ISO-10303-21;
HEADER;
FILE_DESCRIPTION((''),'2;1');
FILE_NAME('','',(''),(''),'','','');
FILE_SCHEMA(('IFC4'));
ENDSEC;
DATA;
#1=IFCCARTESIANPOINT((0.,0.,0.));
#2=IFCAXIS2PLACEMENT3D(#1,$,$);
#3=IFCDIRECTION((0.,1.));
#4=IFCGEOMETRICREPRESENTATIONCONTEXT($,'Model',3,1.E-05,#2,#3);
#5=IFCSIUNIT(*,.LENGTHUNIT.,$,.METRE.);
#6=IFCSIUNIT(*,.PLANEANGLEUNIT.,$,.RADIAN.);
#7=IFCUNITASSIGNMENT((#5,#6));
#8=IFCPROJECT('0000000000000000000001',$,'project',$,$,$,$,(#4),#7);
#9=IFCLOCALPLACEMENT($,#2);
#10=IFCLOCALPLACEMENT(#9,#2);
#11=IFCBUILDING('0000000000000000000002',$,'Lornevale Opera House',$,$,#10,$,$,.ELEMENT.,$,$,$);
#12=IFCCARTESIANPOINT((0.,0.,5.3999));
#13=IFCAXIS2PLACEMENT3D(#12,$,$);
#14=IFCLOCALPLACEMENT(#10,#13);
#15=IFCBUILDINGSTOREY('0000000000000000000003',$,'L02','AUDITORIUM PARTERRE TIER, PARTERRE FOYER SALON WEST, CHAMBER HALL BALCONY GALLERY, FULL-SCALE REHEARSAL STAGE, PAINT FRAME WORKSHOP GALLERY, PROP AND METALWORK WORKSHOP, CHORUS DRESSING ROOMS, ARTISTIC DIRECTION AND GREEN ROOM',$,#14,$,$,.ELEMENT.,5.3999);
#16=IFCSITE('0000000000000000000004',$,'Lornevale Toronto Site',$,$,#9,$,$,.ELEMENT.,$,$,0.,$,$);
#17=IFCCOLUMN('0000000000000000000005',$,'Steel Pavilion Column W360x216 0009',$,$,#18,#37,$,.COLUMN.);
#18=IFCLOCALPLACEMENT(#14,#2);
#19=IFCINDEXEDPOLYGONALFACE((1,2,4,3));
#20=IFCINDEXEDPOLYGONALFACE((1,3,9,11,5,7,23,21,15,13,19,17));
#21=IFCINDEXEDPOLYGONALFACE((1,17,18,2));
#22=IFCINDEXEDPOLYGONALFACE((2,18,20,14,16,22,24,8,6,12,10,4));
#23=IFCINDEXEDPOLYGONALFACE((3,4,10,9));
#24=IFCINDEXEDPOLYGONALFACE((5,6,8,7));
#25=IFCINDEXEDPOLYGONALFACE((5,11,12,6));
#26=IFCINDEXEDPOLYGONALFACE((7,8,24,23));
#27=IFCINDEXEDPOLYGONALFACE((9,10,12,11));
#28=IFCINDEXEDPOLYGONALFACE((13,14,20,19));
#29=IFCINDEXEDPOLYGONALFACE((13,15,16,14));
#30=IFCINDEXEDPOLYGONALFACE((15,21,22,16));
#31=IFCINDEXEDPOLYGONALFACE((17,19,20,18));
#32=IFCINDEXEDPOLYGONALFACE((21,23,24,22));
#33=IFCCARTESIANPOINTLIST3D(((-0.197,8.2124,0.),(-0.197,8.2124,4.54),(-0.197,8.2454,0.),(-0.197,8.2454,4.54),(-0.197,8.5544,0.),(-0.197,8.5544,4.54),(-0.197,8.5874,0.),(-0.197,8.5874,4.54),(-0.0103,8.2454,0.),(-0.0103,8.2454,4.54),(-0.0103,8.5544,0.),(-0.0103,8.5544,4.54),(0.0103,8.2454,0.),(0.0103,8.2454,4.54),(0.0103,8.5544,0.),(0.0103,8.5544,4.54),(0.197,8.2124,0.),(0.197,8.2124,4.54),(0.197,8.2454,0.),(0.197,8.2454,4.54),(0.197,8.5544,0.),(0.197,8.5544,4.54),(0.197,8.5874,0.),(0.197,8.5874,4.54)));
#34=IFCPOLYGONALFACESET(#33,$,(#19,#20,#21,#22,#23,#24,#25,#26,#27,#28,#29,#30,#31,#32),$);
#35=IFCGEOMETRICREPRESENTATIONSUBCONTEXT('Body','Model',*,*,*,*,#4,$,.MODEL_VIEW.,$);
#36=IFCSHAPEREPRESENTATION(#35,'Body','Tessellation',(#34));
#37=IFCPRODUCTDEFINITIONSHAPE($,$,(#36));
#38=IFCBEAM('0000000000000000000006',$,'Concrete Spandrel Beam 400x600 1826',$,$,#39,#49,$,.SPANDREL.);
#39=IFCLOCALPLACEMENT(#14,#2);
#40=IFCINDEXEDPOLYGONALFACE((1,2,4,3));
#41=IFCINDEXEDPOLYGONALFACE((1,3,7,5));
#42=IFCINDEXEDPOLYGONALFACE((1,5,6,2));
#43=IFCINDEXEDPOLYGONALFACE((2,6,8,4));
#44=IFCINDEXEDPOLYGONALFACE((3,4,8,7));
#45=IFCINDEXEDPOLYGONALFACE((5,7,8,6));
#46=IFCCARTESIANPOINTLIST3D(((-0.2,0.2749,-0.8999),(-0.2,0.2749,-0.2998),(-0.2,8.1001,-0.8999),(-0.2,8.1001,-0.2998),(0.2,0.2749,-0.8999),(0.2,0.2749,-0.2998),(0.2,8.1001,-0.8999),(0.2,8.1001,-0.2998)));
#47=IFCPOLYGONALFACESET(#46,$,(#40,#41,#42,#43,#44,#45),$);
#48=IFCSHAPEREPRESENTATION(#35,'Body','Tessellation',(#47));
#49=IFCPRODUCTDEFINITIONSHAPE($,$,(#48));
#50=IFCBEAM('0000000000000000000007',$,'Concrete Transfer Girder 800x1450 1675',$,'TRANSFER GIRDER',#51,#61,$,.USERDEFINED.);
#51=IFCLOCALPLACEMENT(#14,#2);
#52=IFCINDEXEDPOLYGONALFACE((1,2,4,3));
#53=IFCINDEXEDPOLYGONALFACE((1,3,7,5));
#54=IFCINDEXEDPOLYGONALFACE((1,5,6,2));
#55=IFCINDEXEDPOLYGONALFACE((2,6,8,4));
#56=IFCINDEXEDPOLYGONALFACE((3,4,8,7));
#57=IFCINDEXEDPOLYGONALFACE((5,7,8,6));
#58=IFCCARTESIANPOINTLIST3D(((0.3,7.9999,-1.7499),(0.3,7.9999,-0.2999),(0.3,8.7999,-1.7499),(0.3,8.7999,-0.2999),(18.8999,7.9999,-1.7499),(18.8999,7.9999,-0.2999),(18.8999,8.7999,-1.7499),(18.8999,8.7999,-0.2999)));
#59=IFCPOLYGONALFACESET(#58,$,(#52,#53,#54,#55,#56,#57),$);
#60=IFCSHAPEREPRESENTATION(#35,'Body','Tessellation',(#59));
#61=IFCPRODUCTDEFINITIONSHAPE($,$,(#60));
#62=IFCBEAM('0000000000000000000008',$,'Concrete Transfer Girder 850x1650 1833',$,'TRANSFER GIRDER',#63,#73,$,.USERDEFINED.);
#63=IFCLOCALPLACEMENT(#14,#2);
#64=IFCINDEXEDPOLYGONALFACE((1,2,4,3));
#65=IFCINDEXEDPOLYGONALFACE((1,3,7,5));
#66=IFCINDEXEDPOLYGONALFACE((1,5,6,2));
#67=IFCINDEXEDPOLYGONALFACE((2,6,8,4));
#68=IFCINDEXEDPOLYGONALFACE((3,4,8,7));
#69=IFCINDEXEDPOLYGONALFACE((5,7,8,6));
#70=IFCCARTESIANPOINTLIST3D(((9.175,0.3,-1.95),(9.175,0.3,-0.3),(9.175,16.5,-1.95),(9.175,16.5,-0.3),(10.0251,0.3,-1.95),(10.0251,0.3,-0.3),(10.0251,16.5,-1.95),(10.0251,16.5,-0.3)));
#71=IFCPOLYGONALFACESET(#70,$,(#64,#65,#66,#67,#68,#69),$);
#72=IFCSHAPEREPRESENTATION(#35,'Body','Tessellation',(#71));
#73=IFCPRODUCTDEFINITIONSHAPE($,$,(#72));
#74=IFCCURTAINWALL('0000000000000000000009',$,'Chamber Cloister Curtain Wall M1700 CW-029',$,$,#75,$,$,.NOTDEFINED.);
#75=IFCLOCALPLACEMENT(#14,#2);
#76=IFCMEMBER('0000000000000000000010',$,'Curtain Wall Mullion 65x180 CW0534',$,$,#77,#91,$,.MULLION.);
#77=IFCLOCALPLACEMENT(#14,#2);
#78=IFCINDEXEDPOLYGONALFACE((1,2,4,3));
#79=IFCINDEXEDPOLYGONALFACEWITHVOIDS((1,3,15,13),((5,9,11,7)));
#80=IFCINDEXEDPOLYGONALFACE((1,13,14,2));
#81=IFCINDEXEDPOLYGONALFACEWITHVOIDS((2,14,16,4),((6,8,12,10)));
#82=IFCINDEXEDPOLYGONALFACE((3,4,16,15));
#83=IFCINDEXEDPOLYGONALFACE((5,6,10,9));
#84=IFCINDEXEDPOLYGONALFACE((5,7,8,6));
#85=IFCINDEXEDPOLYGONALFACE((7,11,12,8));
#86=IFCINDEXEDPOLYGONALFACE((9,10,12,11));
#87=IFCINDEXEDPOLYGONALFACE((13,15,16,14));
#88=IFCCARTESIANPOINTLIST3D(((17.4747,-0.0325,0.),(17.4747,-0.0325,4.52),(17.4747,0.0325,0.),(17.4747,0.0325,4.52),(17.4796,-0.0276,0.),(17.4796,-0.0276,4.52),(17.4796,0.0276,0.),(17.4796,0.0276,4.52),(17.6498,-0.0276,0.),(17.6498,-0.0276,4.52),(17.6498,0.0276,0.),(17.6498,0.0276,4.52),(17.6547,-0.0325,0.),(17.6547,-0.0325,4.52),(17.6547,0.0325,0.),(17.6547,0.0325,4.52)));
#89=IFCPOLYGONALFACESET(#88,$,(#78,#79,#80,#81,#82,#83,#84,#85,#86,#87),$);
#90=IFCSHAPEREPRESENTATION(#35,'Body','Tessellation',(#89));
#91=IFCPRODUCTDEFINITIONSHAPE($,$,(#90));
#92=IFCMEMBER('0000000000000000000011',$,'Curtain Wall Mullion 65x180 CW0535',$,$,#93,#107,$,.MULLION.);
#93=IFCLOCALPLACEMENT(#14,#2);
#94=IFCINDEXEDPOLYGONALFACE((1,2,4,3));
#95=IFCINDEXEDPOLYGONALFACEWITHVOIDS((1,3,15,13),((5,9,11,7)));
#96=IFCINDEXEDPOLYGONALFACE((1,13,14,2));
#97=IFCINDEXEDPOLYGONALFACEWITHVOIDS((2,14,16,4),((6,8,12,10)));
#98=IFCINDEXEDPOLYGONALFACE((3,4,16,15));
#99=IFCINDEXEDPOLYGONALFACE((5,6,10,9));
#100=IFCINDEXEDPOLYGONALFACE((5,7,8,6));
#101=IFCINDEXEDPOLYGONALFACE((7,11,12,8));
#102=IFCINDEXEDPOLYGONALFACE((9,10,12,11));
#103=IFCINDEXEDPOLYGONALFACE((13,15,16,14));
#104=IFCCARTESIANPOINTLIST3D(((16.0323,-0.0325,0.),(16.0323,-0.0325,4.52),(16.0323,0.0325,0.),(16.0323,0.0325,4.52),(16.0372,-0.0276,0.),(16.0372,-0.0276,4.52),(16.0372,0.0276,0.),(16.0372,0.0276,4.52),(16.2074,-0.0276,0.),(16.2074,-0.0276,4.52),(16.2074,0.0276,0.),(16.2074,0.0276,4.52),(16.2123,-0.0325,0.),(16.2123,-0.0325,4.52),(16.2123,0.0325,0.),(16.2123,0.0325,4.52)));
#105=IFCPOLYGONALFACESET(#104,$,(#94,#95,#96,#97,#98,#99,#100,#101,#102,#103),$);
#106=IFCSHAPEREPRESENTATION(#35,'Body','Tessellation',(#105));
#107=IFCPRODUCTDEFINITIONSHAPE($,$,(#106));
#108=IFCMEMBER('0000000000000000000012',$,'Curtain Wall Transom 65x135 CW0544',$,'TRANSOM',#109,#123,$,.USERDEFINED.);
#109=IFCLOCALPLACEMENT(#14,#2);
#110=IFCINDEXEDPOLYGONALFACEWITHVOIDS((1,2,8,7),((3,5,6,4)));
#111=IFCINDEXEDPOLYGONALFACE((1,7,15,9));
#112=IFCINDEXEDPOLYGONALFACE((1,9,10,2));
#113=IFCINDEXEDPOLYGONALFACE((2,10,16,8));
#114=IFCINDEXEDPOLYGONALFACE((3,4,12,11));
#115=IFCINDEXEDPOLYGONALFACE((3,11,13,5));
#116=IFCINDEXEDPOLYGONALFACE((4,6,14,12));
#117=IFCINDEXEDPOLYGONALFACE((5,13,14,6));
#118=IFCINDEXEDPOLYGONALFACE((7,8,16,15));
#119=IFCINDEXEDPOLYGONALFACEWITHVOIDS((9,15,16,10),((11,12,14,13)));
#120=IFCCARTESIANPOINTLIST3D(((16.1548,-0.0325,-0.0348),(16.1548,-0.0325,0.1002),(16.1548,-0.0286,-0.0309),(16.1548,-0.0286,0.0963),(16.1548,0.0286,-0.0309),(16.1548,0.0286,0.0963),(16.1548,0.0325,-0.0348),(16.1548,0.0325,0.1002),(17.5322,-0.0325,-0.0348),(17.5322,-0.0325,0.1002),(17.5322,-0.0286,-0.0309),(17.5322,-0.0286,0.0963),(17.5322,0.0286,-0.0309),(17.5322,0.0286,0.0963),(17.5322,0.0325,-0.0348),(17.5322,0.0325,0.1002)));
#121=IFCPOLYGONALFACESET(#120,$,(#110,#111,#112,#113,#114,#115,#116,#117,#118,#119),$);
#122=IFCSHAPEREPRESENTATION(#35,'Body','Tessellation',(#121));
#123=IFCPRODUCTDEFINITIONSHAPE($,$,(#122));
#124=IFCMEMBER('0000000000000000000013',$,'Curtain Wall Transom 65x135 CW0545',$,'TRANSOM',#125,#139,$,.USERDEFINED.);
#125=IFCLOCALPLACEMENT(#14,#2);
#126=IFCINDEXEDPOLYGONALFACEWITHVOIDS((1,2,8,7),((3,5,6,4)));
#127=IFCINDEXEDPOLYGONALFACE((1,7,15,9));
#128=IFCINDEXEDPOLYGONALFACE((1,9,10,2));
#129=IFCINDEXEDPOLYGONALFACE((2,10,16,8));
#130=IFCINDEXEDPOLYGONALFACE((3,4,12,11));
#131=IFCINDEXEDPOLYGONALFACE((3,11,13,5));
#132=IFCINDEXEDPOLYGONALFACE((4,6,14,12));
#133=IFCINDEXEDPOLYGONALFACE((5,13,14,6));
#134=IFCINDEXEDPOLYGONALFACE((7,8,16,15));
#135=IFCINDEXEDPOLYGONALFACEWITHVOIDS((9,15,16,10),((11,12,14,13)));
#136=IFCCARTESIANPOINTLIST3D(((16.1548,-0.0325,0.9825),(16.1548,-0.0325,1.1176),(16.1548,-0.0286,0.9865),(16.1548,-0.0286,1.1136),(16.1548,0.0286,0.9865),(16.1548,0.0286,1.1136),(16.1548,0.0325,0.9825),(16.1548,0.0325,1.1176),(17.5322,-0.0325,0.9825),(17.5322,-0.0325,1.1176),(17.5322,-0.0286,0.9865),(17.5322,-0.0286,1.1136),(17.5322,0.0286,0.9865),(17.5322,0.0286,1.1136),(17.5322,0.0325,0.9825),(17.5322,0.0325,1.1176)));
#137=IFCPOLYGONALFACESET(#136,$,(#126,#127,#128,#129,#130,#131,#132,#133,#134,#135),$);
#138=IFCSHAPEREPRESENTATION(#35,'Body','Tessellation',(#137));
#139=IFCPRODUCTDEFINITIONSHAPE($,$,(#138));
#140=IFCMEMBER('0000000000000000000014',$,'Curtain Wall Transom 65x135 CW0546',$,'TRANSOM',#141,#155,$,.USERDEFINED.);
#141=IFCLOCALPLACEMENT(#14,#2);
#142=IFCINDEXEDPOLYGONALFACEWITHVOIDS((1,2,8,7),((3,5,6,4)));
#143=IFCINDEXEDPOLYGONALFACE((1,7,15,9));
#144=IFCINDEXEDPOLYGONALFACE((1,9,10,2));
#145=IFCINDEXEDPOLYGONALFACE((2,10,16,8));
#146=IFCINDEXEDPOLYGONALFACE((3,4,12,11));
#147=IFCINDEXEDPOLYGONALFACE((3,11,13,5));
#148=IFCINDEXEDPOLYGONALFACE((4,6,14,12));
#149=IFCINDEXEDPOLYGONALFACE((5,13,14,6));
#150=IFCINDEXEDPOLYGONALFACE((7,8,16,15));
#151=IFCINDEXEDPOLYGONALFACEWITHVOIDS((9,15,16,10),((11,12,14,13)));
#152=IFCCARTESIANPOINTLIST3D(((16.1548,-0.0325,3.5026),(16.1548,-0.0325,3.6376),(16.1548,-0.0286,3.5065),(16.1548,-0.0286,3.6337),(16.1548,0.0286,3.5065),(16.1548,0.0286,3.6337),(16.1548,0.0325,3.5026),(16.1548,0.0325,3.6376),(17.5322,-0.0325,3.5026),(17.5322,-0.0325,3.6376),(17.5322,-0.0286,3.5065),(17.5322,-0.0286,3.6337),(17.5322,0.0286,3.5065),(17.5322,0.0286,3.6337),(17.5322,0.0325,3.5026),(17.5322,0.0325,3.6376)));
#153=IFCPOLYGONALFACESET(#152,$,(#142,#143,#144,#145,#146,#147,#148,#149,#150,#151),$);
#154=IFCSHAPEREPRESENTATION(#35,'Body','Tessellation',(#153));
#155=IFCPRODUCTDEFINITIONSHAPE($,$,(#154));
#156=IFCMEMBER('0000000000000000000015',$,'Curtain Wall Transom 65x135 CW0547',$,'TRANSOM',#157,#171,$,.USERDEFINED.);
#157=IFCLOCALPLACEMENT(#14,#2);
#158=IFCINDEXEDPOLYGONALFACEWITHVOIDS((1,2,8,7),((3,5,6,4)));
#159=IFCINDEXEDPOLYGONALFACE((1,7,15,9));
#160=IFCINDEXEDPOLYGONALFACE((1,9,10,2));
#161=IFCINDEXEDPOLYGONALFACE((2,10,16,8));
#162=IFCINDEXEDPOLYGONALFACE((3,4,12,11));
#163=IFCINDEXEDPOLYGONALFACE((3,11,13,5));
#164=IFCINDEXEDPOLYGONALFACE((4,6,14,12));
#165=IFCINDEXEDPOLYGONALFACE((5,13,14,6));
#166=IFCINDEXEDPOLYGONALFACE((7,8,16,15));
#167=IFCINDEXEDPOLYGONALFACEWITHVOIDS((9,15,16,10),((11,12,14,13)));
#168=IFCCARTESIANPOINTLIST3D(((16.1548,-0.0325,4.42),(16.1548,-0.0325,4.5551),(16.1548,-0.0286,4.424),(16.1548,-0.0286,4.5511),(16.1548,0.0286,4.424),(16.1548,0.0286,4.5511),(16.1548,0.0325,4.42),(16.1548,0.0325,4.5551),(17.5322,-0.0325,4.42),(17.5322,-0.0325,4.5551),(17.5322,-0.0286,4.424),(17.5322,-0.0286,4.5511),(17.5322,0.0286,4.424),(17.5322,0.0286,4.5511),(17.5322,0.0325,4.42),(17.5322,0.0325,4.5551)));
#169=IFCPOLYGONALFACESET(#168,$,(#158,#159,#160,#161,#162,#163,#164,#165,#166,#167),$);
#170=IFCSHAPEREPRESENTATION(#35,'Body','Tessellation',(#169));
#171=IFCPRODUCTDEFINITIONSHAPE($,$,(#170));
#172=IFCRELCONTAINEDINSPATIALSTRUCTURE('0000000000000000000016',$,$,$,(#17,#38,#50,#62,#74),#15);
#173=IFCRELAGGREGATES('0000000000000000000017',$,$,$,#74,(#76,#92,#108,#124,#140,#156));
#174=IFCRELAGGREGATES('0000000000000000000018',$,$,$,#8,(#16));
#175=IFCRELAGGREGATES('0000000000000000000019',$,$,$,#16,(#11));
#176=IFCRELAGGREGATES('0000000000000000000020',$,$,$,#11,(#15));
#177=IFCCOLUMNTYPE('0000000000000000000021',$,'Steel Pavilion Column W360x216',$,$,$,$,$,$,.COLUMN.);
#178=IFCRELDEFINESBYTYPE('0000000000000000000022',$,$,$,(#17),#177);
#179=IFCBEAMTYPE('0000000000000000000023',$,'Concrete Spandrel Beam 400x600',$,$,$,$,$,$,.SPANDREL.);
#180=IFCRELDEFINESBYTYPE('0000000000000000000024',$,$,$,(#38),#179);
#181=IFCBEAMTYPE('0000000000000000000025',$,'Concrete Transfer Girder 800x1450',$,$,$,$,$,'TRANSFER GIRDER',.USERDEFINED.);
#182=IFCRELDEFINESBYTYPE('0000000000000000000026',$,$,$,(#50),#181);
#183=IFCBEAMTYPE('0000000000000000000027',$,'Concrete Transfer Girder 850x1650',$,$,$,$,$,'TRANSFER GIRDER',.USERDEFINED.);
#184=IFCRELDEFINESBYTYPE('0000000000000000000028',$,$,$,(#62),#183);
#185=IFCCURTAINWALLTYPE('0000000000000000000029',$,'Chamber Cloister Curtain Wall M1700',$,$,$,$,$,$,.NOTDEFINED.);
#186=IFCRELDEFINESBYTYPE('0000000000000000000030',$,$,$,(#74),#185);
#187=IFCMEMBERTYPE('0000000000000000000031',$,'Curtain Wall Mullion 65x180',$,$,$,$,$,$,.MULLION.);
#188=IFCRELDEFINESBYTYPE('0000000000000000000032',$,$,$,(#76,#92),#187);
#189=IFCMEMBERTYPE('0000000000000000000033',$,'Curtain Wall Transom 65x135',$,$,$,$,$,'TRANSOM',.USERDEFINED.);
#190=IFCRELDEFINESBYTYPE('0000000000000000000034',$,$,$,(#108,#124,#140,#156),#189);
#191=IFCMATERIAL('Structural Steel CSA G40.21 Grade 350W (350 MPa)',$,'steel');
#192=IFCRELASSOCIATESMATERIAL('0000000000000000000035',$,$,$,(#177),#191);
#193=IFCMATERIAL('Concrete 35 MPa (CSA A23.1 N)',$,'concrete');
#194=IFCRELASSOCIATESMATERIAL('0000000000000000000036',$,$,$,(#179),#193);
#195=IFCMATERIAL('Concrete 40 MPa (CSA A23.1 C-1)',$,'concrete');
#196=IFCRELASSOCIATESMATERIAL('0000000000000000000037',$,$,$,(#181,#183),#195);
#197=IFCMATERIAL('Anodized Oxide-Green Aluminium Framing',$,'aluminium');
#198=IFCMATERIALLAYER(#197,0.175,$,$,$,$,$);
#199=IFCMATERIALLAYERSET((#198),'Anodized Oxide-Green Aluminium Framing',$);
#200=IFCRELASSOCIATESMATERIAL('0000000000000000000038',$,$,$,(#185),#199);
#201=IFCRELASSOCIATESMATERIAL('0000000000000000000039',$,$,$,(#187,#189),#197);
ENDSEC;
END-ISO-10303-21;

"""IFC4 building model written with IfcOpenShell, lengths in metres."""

from ifc_helpers import new_model, si_unit, direction, frame, origin, origin_2d, place, context, subcontext, project, spatial, rectangle, hollow_rectangle, i_section, extrude, material, layer, layer_set, material_profile, profile_set, type_object, element, aggregate, save


model = new_model("IFC4")

# Units and contexts
model_context = context("Model", 3, precision=1e-05, world=origin(), true_north=direction((0.0, 1.0)))
body_context = subcontext(model_context, "Body", "Model", "MODEL_VIEW")
ifc_project = project(units=[si_unit("LENGTHUNIT", "METRE"), si_unit("PLANEANGLEUNIT", "RADIAN")], contexts=[model_context])

# Site, building, storey
site_placement = place(None, origin())
site = spatial("IfcSite", under=ifc_project, at=site_placement, Name="Lornevale Toronto Site", CompositionType="ELEMENT", RefElevation=0.0)
building_placement = place(site_placement, origin())
building = spatial("IfcBuilding", under=site, at=building_placement, Name="Lornevale Opera House", CompositionType="ELEMENT")
storey_placement = place(building_placement, frame((0.0, 0.0, 5.3999)))
storey = spatial("IfcBuildingStorey", under=building, at=storey_placement, Name="L02", Description="AUDITORIUM PARTERRE TIER, PARTERRE FOYER SALON WEST, CHAMBER HALL BALCONY GALLERY, FULL-SCALE REHEARSAL STAGE, PAINT FRAME WORKSHOP GALLERY, PROP AND METALWORK WORKSHOP, CHORUS DRESSING ROOMS, ARTISTIC DIRECTION AND GREEN ROOM", CompositionType="ELEMENT", Elevation=5.3999)

# Column
ifc_material_1 = material(Name="Structural Steel CSA G40.21 Grade 350W (350 MPa)", Category="steel")
ifc_material_profile_1 = material_profile(ifc_material_1, i_section(OverallWidth=0.394, OverallDepth=0.375, WebThickness=0.0205, FlangeThickness=0.033, at=origin_2d()), Name="W360x216")
ifc_profile_set_1 = profile_set([ifc_material_profile_1], Name="Structural Steel CSA G40.21 Grade 350W (350 MPa)")
column_type = type_object("IfcColumnType", Name="Steel Pavilion Column W360x216", PredefinedType="COLUMN", material=ifc_profile_set_1)
column_placement = place(storey_placement, frame((0.0, 8.3999, 0.0), z_axis=(0.0, 0.0, 1.0), x_axis=(1.0, 0.0, 0.0)))
element("IfcColumn", 1, at=column_placement, inside=storey, type_object=column_type, Name="Steel Pavilion Column W360x216 0009", PredefinedType="COLUMN", context=body_context, shape_type="SweptSolid", body=[
    extrude(i_section(OverallWidth=0.394, OverallDepth=0.375, WebThickness=0.0205, FlangeThickness=0.033, at=origin_2d()), origin(), (0.0, 0.0, 1.0), 4.54),
])

# Beams
ifc_material_2 = material(Name="Concrete 35 MPa (CSA A23.1 N)", Category="concrete")
ifc_material_profile_2 = material_profile(ifc_material_2, rectangle(XDim=0.3999, YDim=0.6001, at=origin_2d()), Name="RC400x600")
ifc_profile_set_2 = profile_set([ifc_material_profile_2], Name="Concrete 35 MPa (CSA A23.1 N)")
beam_type_1 = type_object("IfcBeamType", Name="Concrete Spandrel Beam 400x600", PredefinedType="SPANDREL", material=ifc_profile_set_2)
beam_1_placement = place(storey_placement, frame((0.0, 0.2749, -0.5999), z_axis=(0.0, 1.0, 0.0), x_axis=(-1.0, 0.0, 0.0)))
element("IfcBeam", 2, at=beam_1_placement, inside=storey, type_object=beam_type_1, Name="Concrete Spandrel Beam 400x600 1826", PredefinedType="SPANDREL", context=body_context, shape_type="SweptSolid", body=[
    extrude(rectangle(XDim=0.3999, YDim=0.6001, at=origin_2d()), origin(), (0.0, 0.0, 1.0), 7.8252),
])
ifc_material_3 = material(Name="Concrete 40 MPa (CSA A23.1 C-1)", Category="concrete")
ifc_material_profile_3 = material_profile(ifc_material_3, rectangle(XDim=0.8, YDim=1.45, at=origin_2d()), Name="RC800x1450")
ifc_profile_set_3 = profile_set([ifc_material_profile_3], Name="Concrete 40 MPa (CSA A23.1 C-1)")
beam_type_2 = type_object("IfcBeamType", Name="Concrete Transfer Girder 800x1450", ElementType="TRANSFER GIRDER", PredefinedType="USERDEFINED", material=ifc_profile_set_3)
beam_2_placement = place(storey_placement, frame((0.3, 8.3999, -1.0249), z_axis=(1.0, 0.0, 0.0), x_axis=(0.0, 1.0, 0.0)))
element("IfcBeam", 3, at=beam_2_placement, inside=storey, type_object=beam_type_2, Name="Concrete Transfer Girder 800x1450 1675", ObjectType="TRANSFER GIRDER", PredefinedType="USERDEFINED", context=body_context, shape_type="SweptSolid", body=[
    extrude(rectangle(XDim=0.8, YDim=1.45, at=origin_2d()), origin(), (0.0, 0.0, 1.0), 18.5999),
])
ifc_material_profile_4 = material_profile(ifc_material_3, rectangle(XDim=0.8501, YDim=1.6499, at=origin_2d()), Name="RC850x1650")
ifc_profile_set_4 = profile_set([ifc_material_profile_4], Name="Concrete 40 MPa (CSA A23.1 C-1)")
beam_type_3 = type_object("IfcBeamType", Name="Concrete Transfer Girder 850x1650", ElementType="TRANSFER GIRDER", PredefinedType="USERDEFINED", material=ifc_profile_set_4)
beam_3_placement = place(storey_placement, frame((9.6001, 0.3, -1.125), z_axis=(0.0, 1.0, 0.0), x_axis=(-1.0, 0.0, 0.0)))
element("IfcBeam", 4, at=beam_3_placement, inside=storey, type_object=beam_type_3, Name="Concrete Transfer Girder 850x1650 1833", ObjectType="TRANSFER GIRDER", PredefinedType="USERDEFINED", context=body_context, shape_type="SweptSolid", body=[
    extrude(rectangle(XDim=0.8501, YDim=1.6499, at=origin_2d()), origin(), (0.0, 0.0, 1.0), 16.2),
])

# Curtain wall, members
ifc_material_4 = material(Name="Anodized Oxide-Green Aluminium Framing", Category="aluminium")
ifc_layer_1 = layer(ifc_material_4, 0.175)
ifc_layer_set_1 = layer_set([ifc_layer_1], Name="Anodized Oxide-Green Aluminium Framing")
curtain_wall_type = type_object("IfcCurtainWallType", Name="Chamber Cloister Curtain Wall M1700", PredefinedType="NOTDEFINED", material=ifc_layer_set_1)
curtain_wall_placement = place(storey_placement, origin())
curtain_wall = element("IfcCurtainWall", 5, at=curtain_wall_placement, inside=storey, type_object=curtain_wall_type, Name="Chamber Cloister Curtain Wall M1700 CW-029", PredefinedType="NOTDEFINED")
ifc_material_profile_5 = material_profile(ifc_material_4, hollow_rectangle(XDim=0.0649, YDim=0.1799, WallThickness=0.0049, at=origin_2d()), Name="ALU65x180x5")
ifc_profile_set_5 = profile_set([ifc_material_profile_5], Name="Anodized Oxide-Green Aluminium Framing")
member_type_1 = type_object("IfcMemberType", Name="Curtain Wall Mullion 65x180", PredefinedType="MULLION", material=ifc_profile_set_5)
member_1_placement = place(storey_placement, frame((17.5647, 0.0, 0.0), z_axis=(0.0, 0.0, 1.0), x_axis=(0.0, -1.0, 0.0)))
member_1 = element("IfcMember", 6, at=member_1_placement, type_object=member_type_1, Name="Curtain Wall Mullion 65x180 CW0534", PredefinedType="MULLION", context=body_context, shape_type="SweptSolid", body=[
    extrude(hollow_rectangle(XDim=0.0649, YDim=0.1799, WallThickness=0.0049, at=origin_2d()), origin(), (0.0, 0.0, 1.0), 4.52),
])
member_2_placement = place(storey_placement, frame((16.1223, 0.0, 0.0), z_axis=(0.0, 0.0, 1.0), x_axis=(0.0, -1.0, 0.0)))
member_2 = element("IfcMember", 7, at=member_2_placement, type_object=member_type_1, Name="Curtain Wall Mullion 65x180 CW0535", PredefinedType="MULLION", context=body_context, shape_type="SweptSolid", body=[
    extrude(hollow_rectangle(XDim=0.0649, YDim=0.1799, WallThickness=0.0049, at=origin_2d()), origin(), (0.0, 0.0, 1.0), 4.52),
])
ifc_material_profile_6 = material_profile(ifc_material_4, hollow_rectangle(XDim=0.0649, YDim=0.135, WallThickness=0.0039, at=origin_2d()), Name="ALU65x135x4")
ifc_profile_set_6 = profile_set([ifc_material_profile_6], Name="Anodized Oxide-Green Aluminium Framing")
member_type_2 = type_object("IfcMemberType", Name="Curtain Wall Transom 65x135", ElementType="TRANSOM", PredefinedType="USERDEFINED", material=ifc_profile_set_6)
member_3_placement = place(storey_placement, frame((17.5322, 0.0, 0.0327), z_axis=(-1.0, 0.0, 0.0), x_axis=(0.0, -1.0, 0.0)))
member_3 = element("IfcMember", 8, at=member_3_placement, type_object=member_type_2, Name="Curtain Wall Transom 65x135 CW0544", ObjectType="TRANSOM", PredefinedType="USERDEFINED", context=body_context, shape_type="SweptSolid", body=[
    extrude(hollow_rectangle(XDim=0.0649, YDim=0.135, WallThickness=0.0039, at=origin_2d()), origin(), (0.0, 0.0, 1.0), 1.3774),
])
member_4_placement = place(storey_placement, frame((17.5322, 0.0, 1.05), z_axis=(-1.0, 0.0, 0.0), x_axis=(0.0, -1.0, 0.0)))
member_4 = element("IfcMember", 9, at=member_4_placement, type_object=member_type_2, Name="Curtain Wall Transom 65x135 CW0545", ObjectType="TRANSOM", PredefinedType="USERDEFINED", context=body_context, shape_type="SweptSolid", body=[
    extrude(hollow_rectangle(XDim=0.0649, YDim=0.135, WallThickness=0.0039, at=origin_2d()), origin(), (0.0, 0.0, 1.0), 1.3774),
])
member_5_placement = place(storey_placement, frame((17.5322, 0.0, 3.5701), z_axis=(-1.0, 0.0, 0.0), x_axis=(0.0, -1.0, 0.0)))
member_5 = element("IfcMember", 10, at=member_5_placement, type_object=member_type_2, Name="Curtain Wall Transom 65x135 CW0546", ObjectType="TRANSOM", PredefinedType="USERDEFINED", context=body_context, shape_type="SweptSolid", body=[
    extrude(hollow_rectangle(XDim=0.0649, YDim=0.135, WallThickness=0.0039, at=origin_2d()), origin(), (0.0, 0.0, 1.0), 1.3774),
])
member_6_placement = place(storey_placement, frame((17.5322, 0.0, 4.4875), z_axis=(-1.0, 0.0, 0.0), x_axis=(0.0, -1.0, 0.0)))
member_6 = element("IfcMember", 11, at=member_6_placement, type_object=member_type_2, Name="Curtain Wall Transom 65x135 CW0547", ObjectType="TRANSOM", PredefinedType="USERDEFINED", context=body_context, shape_type="SweptSolid", body=[
    extrude(hollow_rectangle(XDim=0.0649, YDim=0.135, WallThickness=0.0039, at=origin_2d()), origin(), (0.0, 0.0, 1.0), 1.3774),
])
aggregate(curtain_wall, [member_1, member_2, member_3, member_4, member_5, member_6])

save(model, "model.ifc")
